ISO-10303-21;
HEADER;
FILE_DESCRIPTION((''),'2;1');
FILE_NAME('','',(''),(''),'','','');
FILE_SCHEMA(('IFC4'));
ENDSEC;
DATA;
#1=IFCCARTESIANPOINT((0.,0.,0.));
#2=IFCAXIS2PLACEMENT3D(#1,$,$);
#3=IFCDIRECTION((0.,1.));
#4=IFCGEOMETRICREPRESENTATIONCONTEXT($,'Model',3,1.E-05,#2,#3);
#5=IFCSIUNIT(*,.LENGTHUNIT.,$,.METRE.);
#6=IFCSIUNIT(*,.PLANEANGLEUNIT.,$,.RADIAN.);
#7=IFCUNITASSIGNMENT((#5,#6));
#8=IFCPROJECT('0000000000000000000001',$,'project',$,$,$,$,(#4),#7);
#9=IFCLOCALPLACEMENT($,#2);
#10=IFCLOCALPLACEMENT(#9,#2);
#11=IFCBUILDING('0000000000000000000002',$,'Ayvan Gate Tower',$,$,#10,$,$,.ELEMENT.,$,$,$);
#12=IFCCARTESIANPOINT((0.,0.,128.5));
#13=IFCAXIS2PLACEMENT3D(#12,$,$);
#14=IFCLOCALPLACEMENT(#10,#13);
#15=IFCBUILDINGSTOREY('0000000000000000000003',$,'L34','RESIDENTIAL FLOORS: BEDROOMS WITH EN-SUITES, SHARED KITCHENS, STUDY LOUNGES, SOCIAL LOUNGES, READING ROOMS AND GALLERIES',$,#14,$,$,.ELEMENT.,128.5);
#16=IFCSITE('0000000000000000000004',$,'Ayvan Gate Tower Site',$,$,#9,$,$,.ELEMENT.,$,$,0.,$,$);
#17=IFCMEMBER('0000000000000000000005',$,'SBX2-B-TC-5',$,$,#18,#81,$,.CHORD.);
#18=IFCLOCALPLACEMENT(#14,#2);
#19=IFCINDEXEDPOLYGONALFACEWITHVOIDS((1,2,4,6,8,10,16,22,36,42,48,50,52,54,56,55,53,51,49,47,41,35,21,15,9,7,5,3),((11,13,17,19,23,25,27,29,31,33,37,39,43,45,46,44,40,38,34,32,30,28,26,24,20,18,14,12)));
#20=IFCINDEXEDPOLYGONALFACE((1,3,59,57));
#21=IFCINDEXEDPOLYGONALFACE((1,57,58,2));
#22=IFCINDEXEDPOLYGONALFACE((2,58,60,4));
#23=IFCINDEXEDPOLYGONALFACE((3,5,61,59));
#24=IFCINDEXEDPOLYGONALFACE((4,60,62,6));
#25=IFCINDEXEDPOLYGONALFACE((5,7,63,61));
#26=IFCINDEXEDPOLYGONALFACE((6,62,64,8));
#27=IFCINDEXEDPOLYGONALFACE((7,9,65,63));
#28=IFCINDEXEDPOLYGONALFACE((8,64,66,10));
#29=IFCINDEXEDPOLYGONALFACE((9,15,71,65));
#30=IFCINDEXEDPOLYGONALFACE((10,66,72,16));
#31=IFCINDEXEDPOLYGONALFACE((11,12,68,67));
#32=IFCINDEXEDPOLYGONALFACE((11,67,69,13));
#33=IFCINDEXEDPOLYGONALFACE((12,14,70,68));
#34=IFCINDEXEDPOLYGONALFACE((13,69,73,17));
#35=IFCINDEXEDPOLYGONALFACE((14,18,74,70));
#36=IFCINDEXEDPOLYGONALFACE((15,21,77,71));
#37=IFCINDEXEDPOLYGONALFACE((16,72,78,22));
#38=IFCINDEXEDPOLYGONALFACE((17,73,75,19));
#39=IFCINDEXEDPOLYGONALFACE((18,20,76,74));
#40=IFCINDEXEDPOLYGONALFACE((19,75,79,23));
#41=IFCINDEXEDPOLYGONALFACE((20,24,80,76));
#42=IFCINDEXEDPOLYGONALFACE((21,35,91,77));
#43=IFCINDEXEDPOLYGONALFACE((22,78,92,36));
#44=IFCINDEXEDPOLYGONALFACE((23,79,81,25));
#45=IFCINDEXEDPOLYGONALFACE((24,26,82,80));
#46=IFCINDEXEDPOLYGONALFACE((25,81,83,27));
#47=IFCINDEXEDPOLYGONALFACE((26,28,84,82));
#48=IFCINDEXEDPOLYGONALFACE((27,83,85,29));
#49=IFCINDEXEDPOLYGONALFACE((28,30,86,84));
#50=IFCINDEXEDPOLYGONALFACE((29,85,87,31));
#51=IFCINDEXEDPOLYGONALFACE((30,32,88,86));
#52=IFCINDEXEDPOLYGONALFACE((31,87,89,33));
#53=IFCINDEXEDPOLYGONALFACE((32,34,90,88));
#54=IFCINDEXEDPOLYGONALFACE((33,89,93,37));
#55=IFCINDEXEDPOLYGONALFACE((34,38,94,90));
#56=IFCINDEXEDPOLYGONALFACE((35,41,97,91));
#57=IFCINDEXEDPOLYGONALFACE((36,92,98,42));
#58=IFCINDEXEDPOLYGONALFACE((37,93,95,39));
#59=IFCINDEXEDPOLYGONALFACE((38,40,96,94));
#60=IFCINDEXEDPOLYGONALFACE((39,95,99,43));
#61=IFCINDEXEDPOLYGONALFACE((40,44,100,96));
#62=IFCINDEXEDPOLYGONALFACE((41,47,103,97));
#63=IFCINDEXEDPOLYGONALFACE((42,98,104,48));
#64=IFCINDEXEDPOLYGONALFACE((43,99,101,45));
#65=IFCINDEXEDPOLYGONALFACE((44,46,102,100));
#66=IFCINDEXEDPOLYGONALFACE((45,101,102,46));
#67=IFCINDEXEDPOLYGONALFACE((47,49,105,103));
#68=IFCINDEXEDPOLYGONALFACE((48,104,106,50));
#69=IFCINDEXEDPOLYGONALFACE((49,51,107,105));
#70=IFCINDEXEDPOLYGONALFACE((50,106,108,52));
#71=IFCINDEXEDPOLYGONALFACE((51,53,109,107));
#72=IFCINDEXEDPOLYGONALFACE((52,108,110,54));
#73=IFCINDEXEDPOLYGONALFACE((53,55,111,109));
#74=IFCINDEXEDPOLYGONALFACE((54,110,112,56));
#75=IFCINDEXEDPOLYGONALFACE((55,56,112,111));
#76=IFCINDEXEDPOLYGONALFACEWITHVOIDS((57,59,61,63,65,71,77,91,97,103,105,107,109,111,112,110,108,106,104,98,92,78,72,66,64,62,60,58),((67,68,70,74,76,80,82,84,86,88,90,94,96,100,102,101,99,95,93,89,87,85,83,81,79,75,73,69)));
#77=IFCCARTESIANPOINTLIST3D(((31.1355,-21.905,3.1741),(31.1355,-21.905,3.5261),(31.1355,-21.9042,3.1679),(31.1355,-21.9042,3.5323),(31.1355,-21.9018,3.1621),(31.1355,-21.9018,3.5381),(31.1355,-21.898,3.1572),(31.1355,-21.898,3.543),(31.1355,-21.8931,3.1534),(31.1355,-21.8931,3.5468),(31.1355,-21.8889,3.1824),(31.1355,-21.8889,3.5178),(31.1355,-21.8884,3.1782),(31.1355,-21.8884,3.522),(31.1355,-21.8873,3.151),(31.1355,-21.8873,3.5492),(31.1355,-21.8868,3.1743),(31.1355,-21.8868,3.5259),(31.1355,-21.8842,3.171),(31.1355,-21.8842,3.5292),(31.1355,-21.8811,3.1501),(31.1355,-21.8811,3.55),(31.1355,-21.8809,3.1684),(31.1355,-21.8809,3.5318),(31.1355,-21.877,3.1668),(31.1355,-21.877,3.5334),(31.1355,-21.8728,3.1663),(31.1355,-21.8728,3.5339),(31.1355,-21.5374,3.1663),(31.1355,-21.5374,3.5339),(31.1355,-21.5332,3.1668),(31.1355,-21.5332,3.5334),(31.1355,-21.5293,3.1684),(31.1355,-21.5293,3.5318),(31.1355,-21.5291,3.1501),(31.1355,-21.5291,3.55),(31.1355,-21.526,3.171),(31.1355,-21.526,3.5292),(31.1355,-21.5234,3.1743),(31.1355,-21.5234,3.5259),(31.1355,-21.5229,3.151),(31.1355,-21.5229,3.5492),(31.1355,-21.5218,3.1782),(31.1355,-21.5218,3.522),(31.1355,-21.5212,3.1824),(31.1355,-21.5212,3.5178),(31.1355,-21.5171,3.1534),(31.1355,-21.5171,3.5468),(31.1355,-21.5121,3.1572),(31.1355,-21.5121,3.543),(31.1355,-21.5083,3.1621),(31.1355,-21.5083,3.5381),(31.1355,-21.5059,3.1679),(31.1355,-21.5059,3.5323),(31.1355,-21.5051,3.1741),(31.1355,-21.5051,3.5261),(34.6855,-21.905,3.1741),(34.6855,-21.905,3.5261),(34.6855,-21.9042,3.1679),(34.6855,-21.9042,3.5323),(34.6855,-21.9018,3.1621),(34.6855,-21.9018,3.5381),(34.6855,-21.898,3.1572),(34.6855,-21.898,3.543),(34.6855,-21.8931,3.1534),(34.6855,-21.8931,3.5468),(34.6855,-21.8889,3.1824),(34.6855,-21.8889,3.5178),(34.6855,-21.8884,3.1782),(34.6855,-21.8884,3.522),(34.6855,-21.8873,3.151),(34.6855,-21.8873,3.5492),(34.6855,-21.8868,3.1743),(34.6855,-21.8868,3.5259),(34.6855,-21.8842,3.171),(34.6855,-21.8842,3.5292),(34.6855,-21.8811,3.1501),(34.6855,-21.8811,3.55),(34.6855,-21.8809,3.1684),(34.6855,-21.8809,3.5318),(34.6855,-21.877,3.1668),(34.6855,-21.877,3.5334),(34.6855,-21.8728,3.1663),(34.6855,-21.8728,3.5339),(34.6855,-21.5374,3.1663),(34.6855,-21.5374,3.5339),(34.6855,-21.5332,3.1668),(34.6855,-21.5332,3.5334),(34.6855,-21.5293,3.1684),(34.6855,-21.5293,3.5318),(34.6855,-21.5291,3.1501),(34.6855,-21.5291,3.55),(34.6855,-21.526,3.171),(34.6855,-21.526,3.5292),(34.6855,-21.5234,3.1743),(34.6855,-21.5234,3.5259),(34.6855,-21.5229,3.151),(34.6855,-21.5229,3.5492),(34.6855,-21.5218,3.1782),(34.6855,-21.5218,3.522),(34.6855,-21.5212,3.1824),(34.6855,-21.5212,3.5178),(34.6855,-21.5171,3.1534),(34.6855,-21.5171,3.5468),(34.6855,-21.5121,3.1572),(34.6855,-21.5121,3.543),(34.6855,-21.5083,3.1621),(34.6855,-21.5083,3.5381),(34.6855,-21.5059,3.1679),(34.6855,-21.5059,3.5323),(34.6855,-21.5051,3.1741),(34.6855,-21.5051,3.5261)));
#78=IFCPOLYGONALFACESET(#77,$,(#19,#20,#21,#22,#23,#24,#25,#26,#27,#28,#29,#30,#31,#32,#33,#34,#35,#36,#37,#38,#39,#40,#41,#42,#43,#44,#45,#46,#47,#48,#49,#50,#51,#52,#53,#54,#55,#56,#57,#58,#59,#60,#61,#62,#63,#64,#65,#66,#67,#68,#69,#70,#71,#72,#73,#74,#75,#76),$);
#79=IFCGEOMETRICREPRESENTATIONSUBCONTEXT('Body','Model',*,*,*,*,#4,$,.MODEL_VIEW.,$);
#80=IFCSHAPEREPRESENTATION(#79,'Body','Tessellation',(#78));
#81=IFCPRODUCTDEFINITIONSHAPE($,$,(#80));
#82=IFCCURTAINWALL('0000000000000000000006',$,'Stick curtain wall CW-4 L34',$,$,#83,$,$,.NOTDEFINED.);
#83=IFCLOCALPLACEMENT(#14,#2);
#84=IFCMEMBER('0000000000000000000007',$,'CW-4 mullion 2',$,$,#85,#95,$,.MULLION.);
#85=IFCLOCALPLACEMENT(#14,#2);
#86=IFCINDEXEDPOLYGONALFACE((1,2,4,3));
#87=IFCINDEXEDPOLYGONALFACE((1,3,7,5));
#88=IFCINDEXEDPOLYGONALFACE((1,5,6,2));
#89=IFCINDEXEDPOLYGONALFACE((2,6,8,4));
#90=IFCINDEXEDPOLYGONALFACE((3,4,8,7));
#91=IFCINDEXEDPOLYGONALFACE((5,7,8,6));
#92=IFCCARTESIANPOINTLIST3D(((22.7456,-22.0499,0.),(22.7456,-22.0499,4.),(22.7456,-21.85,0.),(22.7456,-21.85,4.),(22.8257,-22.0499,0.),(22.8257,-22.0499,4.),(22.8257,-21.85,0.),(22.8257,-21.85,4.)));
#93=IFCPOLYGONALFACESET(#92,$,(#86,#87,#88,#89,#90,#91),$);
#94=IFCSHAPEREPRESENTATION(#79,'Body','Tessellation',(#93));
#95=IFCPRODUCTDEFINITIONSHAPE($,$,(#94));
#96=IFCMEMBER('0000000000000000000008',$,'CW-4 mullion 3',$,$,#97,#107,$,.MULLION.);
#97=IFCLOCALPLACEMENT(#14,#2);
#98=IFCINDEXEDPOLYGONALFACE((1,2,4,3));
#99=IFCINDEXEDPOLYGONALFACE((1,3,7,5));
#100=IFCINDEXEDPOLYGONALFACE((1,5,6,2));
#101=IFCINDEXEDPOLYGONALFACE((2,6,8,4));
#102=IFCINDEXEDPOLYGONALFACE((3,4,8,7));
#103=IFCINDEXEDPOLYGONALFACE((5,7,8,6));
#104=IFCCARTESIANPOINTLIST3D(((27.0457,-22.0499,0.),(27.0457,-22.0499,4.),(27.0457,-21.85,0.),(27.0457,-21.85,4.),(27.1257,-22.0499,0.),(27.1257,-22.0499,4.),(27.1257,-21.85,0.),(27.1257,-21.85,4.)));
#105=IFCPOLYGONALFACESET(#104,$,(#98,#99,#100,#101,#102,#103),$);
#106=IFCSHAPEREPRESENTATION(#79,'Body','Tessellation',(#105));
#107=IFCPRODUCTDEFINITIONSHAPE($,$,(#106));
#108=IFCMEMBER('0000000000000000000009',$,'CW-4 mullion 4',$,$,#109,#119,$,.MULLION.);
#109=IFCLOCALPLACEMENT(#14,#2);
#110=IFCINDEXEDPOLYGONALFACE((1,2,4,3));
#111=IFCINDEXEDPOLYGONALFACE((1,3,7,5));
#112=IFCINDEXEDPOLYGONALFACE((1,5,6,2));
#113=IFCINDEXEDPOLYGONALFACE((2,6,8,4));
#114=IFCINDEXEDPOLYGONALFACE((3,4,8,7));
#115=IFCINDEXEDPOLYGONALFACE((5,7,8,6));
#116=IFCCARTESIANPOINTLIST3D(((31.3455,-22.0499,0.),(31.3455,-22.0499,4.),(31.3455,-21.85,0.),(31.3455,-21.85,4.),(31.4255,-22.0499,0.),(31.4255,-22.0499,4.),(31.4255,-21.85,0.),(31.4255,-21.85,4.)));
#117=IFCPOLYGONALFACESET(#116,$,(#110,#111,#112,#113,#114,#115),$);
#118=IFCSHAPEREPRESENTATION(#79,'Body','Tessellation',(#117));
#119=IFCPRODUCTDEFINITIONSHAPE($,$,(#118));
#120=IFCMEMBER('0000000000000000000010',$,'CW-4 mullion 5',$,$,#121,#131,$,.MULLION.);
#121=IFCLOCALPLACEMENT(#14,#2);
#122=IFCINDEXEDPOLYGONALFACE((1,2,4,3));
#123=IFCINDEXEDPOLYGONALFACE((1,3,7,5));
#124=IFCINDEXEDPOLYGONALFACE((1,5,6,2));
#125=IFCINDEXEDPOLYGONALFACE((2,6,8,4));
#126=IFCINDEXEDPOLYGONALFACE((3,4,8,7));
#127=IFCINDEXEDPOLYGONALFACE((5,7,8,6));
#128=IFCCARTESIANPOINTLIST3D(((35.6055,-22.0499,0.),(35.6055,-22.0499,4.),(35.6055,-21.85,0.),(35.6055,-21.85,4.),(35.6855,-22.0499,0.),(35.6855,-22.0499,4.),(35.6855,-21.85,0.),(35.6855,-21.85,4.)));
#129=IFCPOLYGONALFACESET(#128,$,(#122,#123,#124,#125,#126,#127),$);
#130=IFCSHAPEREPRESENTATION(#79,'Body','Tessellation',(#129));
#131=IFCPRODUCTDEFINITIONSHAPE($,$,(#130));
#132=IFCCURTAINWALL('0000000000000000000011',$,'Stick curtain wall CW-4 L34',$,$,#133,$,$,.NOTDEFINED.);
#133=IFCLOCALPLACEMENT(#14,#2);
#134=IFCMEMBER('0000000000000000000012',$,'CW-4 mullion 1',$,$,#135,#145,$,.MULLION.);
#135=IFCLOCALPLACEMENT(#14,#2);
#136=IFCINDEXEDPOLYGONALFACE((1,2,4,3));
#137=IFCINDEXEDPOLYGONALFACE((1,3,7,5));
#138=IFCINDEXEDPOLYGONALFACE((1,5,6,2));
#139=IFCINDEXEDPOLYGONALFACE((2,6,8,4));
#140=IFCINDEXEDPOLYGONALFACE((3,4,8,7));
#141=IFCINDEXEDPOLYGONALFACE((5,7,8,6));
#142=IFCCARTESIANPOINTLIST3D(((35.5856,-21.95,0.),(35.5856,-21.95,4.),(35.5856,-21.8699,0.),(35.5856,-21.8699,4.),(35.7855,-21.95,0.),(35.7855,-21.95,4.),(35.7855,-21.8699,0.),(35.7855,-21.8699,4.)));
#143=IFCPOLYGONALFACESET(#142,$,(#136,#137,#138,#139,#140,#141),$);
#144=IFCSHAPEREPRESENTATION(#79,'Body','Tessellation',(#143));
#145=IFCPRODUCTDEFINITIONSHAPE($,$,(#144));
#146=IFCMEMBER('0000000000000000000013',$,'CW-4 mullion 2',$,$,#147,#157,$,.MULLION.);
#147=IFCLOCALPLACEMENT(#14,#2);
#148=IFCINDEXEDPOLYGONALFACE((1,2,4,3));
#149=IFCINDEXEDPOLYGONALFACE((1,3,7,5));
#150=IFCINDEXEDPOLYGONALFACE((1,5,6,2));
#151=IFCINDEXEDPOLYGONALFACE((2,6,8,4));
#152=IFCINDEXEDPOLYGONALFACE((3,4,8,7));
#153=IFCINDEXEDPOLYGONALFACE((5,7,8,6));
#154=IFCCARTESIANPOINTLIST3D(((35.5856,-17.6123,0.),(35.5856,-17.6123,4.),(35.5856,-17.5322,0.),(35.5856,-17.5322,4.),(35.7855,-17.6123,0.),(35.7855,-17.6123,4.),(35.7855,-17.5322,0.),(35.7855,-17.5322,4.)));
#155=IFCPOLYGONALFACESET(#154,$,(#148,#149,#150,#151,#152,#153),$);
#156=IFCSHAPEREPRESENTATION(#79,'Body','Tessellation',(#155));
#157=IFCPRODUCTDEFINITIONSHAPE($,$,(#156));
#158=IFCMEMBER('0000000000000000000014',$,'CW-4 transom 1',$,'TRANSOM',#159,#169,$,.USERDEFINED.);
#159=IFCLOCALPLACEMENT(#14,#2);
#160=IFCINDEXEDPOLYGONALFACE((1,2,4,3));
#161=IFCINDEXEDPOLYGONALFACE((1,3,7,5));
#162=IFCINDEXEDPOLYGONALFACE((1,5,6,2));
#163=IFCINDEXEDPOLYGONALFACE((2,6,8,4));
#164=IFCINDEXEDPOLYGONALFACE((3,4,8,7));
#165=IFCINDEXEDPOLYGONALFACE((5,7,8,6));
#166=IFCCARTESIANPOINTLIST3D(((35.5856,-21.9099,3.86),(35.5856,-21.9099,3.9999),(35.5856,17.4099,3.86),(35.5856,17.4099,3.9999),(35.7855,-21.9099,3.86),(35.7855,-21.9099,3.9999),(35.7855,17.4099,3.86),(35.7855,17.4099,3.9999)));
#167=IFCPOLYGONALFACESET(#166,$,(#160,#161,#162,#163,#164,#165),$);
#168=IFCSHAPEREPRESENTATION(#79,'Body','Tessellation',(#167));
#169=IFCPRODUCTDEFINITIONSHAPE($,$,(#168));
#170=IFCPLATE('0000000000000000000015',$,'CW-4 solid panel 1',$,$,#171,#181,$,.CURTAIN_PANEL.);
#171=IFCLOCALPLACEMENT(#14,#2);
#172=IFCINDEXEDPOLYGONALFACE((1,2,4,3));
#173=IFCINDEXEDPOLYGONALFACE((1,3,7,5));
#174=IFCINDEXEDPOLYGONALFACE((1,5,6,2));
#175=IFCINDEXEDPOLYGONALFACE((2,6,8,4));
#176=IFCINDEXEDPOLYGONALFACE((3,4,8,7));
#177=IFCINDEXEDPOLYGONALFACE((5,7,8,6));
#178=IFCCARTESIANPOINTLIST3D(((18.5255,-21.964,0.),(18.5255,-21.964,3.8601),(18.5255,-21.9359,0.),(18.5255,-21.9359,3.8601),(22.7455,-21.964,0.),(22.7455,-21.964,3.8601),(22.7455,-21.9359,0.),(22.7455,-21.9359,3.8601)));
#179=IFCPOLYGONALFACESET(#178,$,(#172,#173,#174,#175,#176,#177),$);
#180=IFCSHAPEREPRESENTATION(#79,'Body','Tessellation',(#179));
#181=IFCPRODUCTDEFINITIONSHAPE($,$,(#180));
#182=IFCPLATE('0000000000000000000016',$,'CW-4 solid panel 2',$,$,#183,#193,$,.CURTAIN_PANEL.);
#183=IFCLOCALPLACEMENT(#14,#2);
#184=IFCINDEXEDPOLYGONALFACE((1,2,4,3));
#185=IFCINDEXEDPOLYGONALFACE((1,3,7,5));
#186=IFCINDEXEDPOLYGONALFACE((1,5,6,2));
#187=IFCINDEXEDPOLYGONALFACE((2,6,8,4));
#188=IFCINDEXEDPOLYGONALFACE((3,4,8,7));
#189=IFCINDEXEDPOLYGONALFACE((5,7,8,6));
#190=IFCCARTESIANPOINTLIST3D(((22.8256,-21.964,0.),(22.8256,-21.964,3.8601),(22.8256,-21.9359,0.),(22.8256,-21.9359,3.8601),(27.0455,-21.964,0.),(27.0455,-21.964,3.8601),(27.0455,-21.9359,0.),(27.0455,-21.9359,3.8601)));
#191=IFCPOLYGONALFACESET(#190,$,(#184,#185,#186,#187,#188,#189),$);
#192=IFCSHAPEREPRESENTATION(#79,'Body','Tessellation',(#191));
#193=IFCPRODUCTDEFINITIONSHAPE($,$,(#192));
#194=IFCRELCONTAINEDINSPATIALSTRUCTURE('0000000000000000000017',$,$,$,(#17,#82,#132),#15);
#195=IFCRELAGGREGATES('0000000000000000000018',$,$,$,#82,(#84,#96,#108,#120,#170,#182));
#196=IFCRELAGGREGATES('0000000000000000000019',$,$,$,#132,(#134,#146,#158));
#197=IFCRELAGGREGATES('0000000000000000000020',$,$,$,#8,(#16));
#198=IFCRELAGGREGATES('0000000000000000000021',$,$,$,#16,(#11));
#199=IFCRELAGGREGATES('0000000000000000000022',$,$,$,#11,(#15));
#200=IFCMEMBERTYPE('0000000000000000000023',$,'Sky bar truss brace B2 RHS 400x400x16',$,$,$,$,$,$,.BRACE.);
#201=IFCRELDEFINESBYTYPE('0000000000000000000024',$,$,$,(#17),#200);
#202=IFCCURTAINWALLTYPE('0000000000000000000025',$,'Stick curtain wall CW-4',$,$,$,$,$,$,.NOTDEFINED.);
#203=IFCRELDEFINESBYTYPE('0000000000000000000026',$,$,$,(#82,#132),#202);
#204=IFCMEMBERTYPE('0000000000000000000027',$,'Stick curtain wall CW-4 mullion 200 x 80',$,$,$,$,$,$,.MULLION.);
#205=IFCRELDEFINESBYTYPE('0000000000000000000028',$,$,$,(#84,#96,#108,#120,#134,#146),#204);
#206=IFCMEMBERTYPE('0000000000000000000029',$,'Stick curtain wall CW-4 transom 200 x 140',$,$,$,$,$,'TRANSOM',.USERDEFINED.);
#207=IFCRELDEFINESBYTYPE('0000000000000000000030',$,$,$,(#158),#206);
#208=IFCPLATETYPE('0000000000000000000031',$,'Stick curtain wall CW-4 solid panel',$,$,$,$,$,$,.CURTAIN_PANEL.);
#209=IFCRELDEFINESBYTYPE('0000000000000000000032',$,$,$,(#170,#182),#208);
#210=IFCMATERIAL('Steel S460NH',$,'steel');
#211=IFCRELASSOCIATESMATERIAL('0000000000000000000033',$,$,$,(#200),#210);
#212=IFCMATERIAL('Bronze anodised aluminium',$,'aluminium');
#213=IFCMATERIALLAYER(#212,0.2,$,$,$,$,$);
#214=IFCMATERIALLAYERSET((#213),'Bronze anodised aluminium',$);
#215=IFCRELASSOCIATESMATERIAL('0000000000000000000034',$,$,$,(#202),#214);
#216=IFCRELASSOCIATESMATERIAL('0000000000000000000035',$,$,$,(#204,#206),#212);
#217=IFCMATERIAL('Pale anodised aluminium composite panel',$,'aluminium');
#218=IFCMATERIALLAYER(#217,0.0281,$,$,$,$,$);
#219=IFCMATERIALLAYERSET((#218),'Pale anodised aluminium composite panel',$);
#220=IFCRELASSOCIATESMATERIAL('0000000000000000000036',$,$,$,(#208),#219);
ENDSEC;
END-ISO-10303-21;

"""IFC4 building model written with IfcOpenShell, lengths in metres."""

from ifc_helpers import new_model, si_unit, direction, frame, origin, origin_2d, place, context, subcontext, project, spatial, rectangle, hollow_rectangle, extrude, material, layer, layer_set, material_profile, profile_set, type_object, element, aggregate, save


model = new_model("IFC4")

# Units and contexts
model_context = context("Model", 3, precision=1e-05, world=origin(), true_north=direction((0.0, 1.0)))
body_context = subcontext(model_context, "Body", "Model", "MODEL_VIEW")
ifc_project = project(units=[si_unit("LENGTHUNIT", "METRE"), si_unit("PLANEANGLEUNIT", "RADIAN")], contexts=[model_context])

# Site, building, storey
site_placement = place(None, origin())
site = spatial("IfcSite", under=ifc_project, at=site_placement, Name="Ayvan Gate Tower Site", CompositionType="ELEMENT", RefElevation=0.0)
building_placement = place(site_placement, origin())
building = spatial("IfcBuilding", under=site, at=building_placement, Name="Ayvan Gate Tower", CompositionType="ELEMENT")
storey_placement = place(building_placement, frame((0.0, 0.0, 128.5)))
storey = spatial("IfcBuildingStorey", under=building, at=storey_placement, Name="L34", Description="RESIDENTIAL FLOORS: BEDROOMS WITH EN-SUITES, SHARED KITCHENS, STUDY LOUNGES, SOCIAL LOUNGES, READING ROOMS AND GALLERIES", CompositionType="ELEMENT", Elevation=128.5)

# Member
ifc_material_1 = material(Name="Steel S460NH", Category="steel")
ifc_material_profile_1 = material_profile(ifc_material_1, hollow_rectangle(XDim=0.3999, YDim=0.3999, WallThickness=0.0161, InnerFilletRadius=0.0161, OuterFilletRadius=0.0239, at=origin_2d()), Name="RHS 400x400x16")
ifc_profile_set_1 = profile_set([ifc_material_profile_1], Name="Steel S460NH")
member_type_1 = type_object("IfcMemberType", Name="Sky bar truss brace B2 RHS 400x400x16", PredefinedType="BRACE", material=ifc_profile_set_1)
member_1_placement = place(storey_placement, frame((31.1355, -21.7051, 3.3501), z_axis=(1.0, 0.0, 0.0), x_axis=(0.0, 1.0, 0.0)))
element("IfcMember", 1, at=member_1_placement, inside=storey, type_object=member_type_1, Name="SBX2-B-TC-5", PredefinedType="CHORD", context=body_context, shape_type="SweptSolid", body=[
    extrude(hollow_rectangle(XDim=0.3999, YDim=0.3999, WallThickness=0.0161, InnerFilletRadius=0.0161, OuterFilletRadius=0.0239, at=origin_2d()), origin(), (0.0, 0.0, 1.0), 3.55),
])

# Curtain walls, members
ifc_material_2 = material(Name="Bronze anodised aluminium", Category="aluminium")
ifc_layer_1 = layer(ifc_material_2, 0.2)
ifc_layer_set_1 = layer_set([ifc_layer_1], Name="Bronze anodised aluminium")
curtain_wall_type = type_object("IfcCurtainWallType", Name="Stick curtain wall CW-4", PredefinedType="NOTDEFINED", material=ifc_layer_set_1)
curtain_wall_1_placement = place(storey_placement, origin())
curtain_wall_1 = element("IfcCurtainWall", 2, at=curtain_wall_1_placement, inside=storey, type_object=curtain_wall_type, Name="Stick curtain wall CW-4 L34", PredefinedType="NOTDEFINED")
ifc_material_profile_2 = material_profile(ifc_material_2, rectangle(XDim=0.2, YDim=0.0801, at=origin_2d()), Name="Stick curtain wall CW-4 mullion 200 x 80")
ifc_profile_set_2 = profile_set([ifc_material_profile_2], Name="Bronze anodised aluminium")
member_type_2 = type_object("IfcMemberType", Name="Stick curtain wall CW-4 mullion 200 x 80", PredefinedType="MULLION", material=ifc_profile_set_2)
member_2_placement = place(storey_placement, frame((22.7856, -21.95, 0.0), z_axis=(0.0, 0.0, 1.0), x_axis=(0.0, -1.0, 0.0)))
member_2 = element("IfcMember", 3, at=member_2_placement, type_object=member_type_2, Name="CW-4 mullion 2", PredefinedType="MULLION", context=body_context, shape_type="SweptSolid", body=[
    extrude(rectangle(XDim=0.2, YDim=0.0801, at=origin_2d()), origin(), (0.0, 0.0, 1.0), 4.0),
])
member_3_placement = place(storey_placement, frame((27.0857, -21.95, 0.0), z_axis=(0.0, 0.0, 1.0), x_axis=(0.0, -1.0, 0.0)))
member_3 = element("IfcMember", 4, at=member_3_placement, type_object=member_type_2, Name="CW-4 mullion 3", PredefinedType="MULLION", context=body_context, shape_type="SweptSolid", body=[
    extrude(rectangle(XDim=0.2, YDim=0.0801, at=origin_2d()), origin(), (0.0, 0.0, 1.0), 4.0),
])
member_4_placement = place(storey_placement, frame((31.3855, -21.95, 0.0), z_axis=(0.0, 0.0, 1.0), x_axis=(0.0, -1.0, 0.0)))
member_4 = element("IfcMember", 5, at=member_4_placement, type_object=member_type_2, Name="CW-4 mullion 4", PredefinedType="MULLION", context=body_context, shape_type="SweptSolid", body=[
    extrude(rectangle(XDim=0.2, YDim=0.0801, at=origin_2d()), origin(), (0.0, 0.0, 1.0), 4.0),
])
member_5_placement = place(storey_placement, frame((35.6455, -21.95, 0.0), z_axis=(0.0, 0.0, 1.0), x_axis=(0.0, -1.0, 0.0)))
member_5 = element("IfcMember", 6, at=member_5_placement, type_object=member_type_2, Name="CW-4 mullion 5", PredefinedType="MULLION", context=body_context, shape_type="SweptSolid", body=[
    extrude(rectangle(XDim=0.2, YDim=0.0801, at=origin_2d()), origin(), (0.0, 0.0, 1.0), 4.0),
])
curtain_wall_2_placement = place(storey_placement, origin())
curtain_wall_2 = element("IfcCurtainWall", 7, at=curtain_wall_2_placement, inside=storey, type_object=curtain_wall_type, Name="Stick curtain wall CW-4 L34", PredefinedType="NOTDEFINED")
member_6_placement = place(storey_placement, frame((35.6855, -21.9099, 0.0), z_axis=(0.0, 0.0, 1.0), x_axis=(1.0, 0.0, 0.0)))
member_6 = element("IfcMember", 8, at=member_6_placement, type_object=member_type_2, Name="CW-4 mullion 1", PredefinedType="MULLION", context=body_context, shape_type="SweptSolid", body=[
    extrude(rectangle(XDim=0.2, YDim=0.0801, at=origin_2d()), origin(), (0.0, 0.0, 1.0), 4.0),
])
member_7_placement = place(storey_placement, frame((35.6855, -17.5723, 0.0), z_axis=(0.0, 0.0, 1.0), x_axis=(1.0, 0.0, 0.0)))
member_7 = element("IfcMember", 9, at=member_7_placement, type_object=member_type_2, Name="CW-4 mullion 2", PredefinedType="MULLION", context=body_context, shape_type="SweptSolid", body=[
    extrude(rectangle(XDim=0.2, YDim=0.0801, at=origin_2d()), origin(), (0.0, 0.0, 1.0), 4.0),
])
ifc_material_profile_3 = material_profile(ifc_material_2, rectangle(XDim=0.2, YDim=0.1399, at=origin_2d()), Name="Stick curtain wall CW-4 transom 200 x 140")
ifc_profile_set_3 = profile_set([ifc_material_profile_3], Name="Bronze anodised aluminium")
member_type_3 = type_object("IfcMemberType", Name="Stick curtain wall CW-4 transom 200 x 140", ElementType="TRANSOM", PredefinedType="USERDEFINED", material=ifc_profile_set_3)
member_8_placement = place(storey_placement, frame((35.6855, -21.9099, 3.9299), z_axis=(0.0, 1.0, 0.0), x_axis=(-1.0, 0.0, 0.0)))
member_8 = element("IfcMember", 10, at=member_8_placement, type_object=member_type_3, Name="CW-4 transom 1", ObjectType="TRANSOM", PredefinedType="USERDEFINED", context=body_context, shape_type="SweptSolid", body=[
    extrude(rectangle(XDim=0.2, YDim=0.1399, at=origin_2d()), origin(), (0.0, 0.0, 1.0), 39.3198),
])

# Plates
ifc_material_3 = material(Name="Pale anodised aluminium composite panel", Category="aluminium")
ifc_layer_2 = layer(ifc_material_3, 0.0281)
ifc_layer_set_2 = layer_set([ifc_layer_2], Name="Pale anodised aluminium composite panel")
plate_type = type_object("IfcPlateType", Name="Stick curtain wall CW-4 solid panel", PredefinedType="CURTAIN_PANEL", material=ifc_layer_set_2)
plate_1_placement = place(storey_placement, frame((20.6355, -21.95, 0.0), z_axis=(0.0, 0.0, 1.0), x_axis=(1.0, 0.0, 0.0)))
plate_1 = element("IfcPlate", 11, at=plate_1_placement, type_object=plate_type, Name="CW-4 solid panel 1", PredefinedType="CURTAIN_PANEL", context=body_context, shape_type="SweptSolid", body=[
    extrude(rectangle(XDim=4.22, YDim=0.0281, at=origin_2d()), origin(), (0.0, 0.0, 1.0), 3.8601),
])
plate_2_placement = place(storey_placement, frame((24.9355, -21.95, 0.0), z_axis=(0.0, 0.0, 1.0), x_axis=(1.0, 0.0, 0.0)))
plate_2 = element("IfcPlate", 12, at=plate_2_placement, type_object=plate_type, Name="CW-4 solid panel 2", PredefinedType="CURTAIN_PANEL", context=body_context, shape_type="SweptSolid", body=[
    extrude(rectangle(XDim=4.22, YDim=0.0281, at=origin_2d()), origin(), (0.0, 0.0, 1.0), 3.8601),
])
aggregate(curtain_wall_1, [member_2, member_3, member_4, member_5, plate_1, plate_2])
aggregate(curtain_wall_2, [member_6, member_7, member_8])

save(model, "model.ifc")
